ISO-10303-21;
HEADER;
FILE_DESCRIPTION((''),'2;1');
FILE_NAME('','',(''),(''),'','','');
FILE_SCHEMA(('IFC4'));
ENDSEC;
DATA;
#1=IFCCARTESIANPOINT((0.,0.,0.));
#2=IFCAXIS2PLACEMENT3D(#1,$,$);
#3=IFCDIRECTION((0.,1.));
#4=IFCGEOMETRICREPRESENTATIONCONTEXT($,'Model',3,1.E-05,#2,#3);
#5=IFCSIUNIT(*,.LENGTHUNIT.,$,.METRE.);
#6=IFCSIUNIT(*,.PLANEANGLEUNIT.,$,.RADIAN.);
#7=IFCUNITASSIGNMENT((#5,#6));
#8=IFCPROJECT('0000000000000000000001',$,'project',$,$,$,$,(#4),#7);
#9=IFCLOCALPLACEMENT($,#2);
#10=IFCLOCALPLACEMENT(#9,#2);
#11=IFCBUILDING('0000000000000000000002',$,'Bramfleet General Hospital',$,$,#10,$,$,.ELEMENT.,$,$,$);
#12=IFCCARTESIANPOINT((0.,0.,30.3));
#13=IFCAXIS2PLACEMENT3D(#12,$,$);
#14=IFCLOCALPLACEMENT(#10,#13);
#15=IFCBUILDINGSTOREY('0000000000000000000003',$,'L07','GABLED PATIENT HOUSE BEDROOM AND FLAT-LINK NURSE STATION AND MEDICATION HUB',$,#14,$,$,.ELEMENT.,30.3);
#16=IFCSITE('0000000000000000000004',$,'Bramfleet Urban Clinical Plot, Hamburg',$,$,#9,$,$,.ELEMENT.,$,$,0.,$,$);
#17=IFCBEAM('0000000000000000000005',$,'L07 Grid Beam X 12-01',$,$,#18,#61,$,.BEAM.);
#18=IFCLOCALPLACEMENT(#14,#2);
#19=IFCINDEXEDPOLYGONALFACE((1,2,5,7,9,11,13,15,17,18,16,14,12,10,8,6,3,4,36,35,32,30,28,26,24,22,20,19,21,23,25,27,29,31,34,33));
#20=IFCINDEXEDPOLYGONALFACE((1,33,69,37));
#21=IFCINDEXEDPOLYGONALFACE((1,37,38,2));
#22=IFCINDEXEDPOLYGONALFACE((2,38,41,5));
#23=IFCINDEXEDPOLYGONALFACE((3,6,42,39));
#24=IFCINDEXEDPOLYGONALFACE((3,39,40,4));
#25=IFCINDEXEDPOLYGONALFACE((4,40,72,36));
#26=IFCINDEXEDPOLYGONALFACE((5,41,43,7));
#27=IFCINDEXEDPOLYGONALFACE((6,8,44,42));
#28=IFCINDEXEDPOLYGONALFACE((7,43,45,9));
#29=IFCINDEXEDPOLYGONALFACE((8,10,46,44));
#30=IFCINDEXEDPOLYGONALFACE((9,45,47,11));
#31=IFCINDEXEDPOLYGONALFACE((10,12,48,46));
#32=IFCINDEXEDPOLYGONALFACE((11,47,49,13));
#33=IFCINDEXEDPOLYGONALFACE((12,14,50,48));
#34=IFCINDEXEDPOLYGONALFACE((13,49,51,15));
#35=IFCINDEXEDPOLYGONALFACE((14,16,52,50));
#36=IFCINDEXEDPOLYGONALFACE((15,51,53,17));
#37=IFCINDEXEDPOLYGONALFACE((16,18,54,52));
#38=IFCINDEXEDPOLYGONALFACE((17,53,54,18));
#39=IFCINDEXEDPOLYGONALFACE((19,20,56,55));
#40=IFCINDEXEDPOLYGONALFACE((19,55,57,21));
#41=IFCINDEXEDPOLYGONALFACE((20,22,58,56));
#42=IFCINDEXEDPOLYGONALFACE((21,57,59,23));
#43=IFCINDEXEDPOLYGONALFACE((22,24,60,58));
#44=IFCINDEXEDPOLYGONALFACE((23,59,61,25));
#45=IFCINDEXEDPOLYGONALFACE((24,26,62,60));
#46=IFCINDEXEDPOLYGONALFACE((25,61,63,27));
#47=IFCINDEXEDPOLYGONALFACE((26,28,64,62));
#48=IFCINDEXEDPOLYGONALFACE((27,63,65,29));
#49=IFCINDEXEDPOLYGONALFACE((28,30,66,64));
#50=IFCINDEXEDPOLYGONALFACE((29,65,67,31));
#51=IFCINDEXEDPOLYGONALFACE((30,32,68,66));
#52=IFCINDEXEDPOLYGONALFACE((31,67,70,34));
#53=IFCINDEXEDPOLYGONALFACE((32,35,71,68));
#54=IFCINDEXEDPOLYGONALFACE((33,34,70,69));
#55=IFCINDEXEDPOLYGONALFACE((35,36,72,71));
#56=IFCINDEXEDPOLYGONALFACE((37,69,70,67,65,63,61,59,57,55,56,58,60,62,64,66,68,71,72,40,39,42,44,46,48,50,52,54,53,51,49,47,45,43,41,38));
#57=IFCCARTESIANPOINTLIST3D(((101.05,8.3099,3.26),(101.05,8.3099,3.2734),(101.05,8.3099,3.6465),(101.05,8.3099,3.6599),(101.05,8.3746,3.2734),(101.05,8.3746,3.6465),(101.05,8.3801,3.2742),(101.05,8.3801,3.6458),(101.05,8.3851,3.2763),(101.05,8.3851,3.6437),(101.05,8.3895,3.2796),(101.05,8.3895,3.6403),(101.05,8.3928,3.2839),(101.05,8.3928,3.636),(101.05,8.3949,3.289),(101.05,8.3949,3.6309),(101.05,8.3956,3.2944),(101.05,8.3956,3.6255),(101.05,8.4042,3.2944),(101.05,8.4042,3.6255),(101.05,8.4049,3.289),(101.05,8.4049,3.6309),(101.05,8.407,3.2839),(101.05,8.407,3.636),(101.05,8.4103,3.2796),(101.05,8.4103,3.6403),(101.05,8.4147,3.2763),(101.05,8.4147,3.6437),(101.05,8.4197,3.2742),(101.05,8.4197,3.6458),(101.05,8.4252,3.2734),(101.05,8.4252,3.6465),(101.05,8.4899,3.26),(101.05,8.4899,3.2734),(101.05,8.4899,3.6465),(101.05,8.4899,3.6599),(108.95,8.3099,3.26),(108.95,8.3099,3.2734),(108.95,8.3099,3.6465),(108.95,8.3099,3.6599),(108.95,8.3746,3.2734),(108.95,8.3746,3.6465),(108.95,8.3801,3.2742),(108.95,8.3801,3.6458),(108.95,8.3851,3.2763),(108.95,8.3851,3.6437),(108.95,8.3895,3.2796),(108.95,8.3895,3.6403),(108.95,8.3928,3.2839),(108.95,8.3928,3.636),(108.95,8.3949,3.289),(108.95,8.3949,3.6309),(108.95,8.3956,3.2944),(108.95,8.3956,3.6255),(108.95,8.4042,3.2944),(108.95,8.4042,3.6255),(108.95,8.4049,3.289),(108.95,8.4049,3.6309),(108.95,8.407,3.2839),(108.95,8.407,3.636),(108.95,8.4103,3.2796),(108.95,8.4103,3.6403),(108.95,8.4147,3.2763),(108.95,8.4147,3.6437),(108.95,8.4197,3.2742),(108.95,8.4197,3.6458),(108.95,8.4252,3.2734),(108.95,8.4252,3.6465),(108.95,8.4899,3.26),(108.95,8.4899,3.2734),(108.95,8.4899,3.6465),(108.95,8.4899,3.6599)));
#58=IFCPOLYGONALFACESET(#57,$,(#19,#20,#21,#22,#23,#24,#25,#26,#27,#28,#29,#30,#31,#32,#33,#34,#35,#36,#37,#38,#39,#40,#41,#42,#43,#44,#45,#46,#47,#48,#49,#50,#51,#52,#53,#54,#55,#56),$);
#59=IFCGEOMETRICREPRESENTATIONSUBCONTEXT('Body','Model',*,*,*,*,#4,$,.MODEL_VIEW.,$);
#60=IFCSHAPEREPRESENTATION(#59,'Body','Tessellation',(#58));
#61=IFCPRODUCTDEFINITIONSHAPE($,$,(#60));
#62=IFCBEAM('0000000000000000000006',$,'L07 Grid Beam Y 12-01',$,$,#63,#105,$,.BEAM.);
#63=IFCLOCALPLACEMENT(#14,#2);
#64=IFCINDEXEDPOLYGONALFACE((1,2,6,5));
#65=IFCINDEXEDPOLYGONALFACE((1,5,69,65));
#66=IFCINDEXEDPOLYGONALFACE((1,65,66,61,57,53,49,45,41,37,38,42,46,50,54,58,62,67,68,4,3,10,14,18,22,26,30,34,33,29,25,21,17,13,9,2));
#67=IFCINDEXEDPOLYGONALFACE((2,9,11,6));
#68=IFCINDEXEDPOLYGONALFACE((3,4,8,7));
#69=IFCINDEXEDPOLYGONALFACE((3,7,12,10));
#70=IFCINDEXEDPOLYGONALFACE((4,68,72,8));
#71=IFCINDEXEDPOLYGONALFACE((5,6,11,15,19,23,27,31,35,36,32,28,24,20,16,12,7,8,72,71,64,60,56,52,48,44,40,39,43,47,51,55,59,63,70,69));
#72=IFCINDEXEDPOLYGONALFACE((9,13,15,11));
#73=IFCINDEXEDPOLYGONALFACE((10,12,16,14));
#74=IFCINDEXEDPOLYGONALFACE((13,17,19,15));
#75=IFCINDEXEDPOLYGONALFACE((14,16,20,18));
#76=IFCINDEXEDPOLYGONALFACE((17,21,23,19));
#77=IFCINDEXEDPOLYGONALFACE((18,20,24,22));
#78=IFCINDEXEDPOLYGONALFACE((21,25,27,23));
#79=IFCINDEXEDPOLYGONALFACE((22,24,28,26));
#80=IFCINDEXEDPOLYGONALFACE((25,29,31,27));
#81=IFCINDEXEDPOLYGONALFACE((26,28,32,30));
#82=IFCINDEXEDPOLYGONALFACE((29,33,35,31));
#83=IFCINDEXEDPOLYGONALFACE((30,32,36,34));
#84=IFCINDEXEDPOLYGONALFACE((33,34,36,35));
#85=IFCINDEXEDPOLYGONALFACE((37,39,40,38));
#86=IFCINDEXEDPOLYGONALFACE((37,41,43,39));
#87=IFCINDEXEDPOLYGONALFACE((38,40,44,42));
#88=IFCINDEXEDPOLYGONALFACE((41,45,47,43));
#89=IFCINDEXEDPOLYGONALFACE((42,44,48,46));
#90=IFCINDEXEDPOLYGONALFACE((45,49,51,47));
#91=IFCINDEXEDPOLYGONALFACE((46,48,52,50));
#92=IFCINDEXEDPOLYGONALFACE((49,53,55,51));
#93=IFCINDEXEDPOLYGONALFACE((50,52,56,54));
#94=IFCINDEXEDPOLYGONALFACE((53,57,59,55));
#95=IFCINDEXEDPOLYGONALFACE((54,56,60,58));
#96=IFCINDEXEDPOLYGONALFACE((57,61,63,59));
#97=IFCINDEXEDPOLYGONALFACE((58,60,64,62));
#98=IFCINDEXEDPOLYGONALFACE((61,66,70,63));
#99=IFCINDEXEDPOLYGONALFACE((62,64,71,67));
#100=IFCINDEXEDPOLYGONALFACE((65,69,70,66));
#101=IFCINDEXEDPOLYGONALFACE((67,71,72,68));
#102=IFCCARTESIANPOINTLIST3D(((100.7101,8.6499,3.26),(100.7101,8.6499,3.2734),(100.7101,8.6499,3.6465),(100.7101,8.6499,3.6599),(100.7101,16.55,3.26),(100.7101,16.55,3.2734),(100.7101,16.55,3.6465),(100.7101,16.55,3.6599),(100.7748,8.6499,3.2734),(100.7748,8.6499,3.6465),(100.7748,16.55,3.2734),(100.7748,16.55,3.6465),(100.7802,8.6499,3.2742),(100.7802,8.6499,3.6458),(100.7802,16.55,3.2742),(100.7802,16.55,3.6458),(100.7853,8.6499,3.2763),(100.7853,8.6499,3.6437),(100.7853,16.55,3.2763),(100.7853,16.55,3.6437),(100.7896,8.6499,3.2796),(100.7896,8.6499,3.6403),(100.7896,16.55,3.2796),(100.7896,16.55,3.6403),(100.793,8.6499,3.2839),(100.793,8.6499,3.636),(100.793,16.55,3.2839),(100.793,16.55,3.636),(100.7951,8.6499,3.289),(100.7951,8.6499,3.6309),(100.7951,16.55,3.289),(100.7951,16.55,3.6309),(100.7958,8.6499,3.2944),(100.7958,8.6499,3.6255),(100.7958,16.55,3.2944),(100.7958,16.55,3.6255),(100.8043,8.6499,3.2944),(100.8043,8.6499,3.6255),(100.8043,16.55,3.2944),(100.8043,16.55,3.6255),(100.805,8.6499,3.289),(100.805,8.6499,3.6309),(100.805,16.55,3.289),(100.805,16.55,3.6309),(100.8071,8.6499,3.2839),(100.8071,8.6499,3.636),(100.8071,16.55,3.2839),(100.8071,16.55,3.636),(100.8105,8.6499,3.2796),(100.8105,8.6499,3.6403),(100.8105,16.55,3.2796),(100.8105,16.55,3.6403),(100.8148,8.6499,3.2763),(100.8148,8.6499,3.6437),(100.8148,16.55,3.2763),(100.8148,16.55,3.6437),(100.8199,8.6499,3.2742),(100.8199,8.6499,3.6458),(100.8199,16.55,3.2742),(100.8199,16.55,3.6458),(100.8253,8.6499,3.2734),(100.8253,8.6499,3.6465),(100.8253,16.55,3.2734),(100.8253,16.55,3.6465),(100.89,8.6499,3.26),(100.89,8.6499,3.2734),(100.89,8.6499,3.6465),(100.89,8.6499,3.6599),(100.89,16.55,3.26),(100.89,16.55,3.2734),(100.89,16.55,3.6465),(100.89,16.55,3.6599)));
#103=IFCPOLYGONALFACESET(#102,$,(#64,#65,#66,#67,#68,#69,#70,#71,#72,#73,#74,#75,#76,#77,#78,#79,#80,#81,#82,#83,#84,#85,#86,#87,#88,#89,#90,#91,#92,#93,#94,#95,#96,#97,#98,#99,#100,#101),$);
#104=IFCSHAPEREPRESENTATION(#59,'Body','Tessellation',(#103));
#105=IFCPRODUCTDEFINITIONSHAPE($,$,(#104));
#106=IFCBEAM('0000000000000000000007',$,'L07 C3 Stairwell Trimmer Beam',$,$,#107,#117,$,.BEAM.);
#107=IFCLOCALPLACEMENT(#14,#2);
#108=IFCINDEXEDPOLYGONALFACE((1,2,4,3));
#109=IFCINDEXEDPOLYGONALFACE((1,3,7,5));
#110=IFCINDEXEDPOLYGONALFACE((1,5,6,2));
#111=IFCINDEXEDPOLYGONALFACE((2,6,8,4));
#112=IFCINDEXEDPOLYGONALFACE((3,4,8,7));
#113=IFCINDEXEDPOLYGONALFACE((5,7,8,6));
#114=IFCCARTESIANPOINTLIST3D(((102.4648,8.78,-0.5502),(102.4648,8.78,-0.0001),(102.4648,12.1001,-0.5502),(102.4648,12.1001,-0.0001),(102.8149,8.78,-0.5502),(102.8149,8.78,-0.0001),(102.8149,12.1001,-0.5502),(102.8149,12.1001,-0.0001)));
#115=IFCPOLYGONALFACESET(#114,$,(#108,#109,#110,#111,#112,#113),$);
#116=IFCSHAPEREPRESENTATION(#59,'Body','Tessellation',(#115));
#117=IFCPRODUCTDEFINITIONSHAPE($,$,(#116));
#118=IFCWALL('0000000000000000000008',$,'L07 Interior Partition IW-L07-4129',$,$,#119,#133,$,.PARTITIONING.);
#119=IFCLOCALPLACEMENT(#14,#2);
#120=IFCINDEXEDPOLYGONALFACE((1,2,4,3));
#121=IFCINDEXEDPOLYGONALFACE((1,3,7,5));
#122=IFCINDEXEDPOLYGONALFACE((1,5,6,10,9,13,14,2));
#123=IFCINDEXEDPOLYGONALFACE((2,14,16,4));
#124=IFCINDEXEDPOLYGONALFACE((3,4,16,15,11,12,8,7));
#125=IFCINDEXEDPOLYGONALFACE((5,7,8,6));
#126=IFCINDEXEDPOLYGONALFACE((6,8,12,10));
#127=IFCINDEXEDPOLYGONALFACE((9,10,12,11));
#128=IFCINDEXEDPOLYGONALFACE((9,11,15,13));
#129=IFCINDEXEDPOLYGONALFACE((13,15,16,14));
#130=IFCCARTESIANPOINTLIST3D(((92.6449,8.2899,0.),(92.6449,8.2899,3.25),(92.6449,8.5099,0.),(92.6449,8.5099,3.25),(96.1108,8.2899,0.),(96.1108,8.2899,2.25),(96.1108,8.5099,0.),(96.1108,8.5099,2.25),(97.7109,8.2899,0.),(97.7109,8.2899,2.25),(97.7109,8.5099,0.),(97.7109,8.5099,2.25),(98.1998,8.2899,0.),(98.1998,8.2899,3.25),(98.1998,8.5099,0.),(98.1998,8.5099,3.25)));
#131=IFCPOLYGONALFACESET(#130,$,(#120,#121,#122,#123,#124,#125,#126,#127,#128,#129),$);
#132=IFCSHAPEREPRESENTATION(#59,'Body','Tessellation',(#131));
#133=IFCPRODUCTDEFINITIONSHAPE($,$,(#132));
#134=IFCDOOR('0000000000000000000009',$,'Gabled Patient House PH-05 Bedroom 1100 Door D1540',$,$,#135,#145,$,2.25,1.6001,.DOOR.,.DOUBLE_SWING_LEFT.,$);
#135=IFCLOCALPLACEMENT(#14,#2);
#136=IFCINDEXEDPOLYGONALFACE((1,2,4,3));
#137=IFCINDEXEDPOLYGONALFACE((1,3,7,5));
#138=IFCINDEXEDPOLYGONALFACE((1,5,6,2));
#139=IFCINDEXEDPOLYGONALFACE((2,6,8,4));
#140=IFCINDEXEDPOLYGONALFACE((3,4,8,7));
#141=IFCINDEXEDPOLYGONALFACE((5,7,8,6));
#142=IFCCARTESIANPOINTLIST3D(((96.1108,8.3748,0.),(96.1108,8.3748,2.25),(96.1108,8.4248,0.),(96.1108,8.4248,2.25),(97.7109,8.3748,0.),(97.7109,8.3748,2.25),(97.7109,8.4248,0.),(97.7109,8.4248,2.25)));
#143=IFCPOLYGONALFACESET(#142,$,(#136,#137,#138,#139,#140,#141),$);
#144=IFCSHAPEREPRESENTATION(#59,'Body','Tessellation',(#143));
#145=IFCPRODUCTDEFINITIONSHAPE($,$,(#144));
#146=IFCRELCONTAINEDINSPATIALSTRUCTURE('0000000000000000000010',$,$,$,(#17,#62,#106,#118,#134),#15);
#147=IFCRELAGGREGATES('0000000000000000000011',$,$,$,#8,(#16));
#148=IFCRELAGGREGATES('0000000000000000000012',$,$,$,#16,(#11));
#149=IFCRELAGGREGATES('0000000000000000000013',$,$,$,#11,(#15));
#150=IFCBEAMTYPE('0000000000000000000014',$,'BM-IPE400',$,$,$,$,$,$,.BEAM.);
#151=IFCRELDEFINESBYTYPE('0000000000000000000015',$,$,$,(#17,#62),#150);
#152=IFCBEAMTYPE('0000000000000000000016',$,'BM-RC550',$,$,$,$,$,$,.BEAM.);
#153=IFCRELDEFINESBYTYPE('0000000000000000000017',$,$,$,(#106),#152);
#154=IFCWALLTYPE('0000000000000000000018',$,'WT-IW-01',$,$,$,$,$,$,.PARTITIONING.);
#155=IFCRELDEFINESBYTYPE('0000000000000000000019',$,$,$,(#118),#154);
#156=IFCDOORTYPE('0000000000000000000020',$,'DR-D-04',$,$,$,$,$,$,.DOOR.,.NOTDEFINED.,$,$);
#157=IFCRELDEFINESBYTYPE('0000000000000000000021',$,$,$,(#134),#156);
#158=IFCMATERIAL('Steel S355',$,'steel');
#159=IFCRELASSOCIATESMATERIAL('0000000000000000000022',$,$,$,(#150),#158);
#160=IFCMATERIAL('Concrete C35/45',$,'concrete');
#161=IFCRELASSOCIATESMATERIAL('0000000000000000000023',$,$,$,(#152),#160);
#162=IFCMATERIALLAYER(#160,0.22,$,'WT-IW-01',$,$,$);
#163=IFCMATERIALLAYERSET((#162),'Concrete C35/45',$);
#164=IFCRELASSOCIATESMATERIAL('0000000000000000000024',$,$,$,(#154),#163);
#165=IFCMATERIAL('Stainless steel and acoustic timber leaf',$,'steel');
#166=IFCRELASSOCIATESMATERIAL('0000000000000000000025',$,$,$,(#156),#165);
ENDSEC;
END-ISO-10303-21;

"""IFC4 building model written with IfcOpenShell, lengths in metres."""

from ifc_helpers import new_model, si_unit, direction, frame, frame_2d, origin, origin_2d, place, context, subcontext, project, spatial, rectangle, i_section, extrude, material, layer, layer_set, material_profile, profile_set, type_object, element, fill, save


model = new_model("IFC4")

# Units and contexts
model_context = context("Model", 3, precision=1e-05, world=origin(), true_north=direction((0.0, 1.0)))
body_context = subcontext(model_context, "Body", "Model", "MODEL_VIEW")
ifc_project = project(units=[si_unit("LENGTHUNIT", "METRE"), si_unit("PLANEANGLEUNIT", "RADIAN")], contexts=[model_context])

# Site, building, storey
site_placement = place(None, origin())
site = spatial("IfcSite", under=ifc_project, at=site_placement, Name="Bramfleet Urban Clinical Plot, Hamburg", CompositionType="ELEMENT", RefElevation=0.0)
building_placement = place(site_placement, origin())
building = spatial("IfcBuilding", under=site, at=building_placement, Name="Bramfleet General Hospital", CompositionType="ELEMENT")
storey_placement = place(building_placement, frame((0.0, 0.0, 30.3)))
storey = spatial("IfcBuildingStorey", under=building, at=storey_placement, Name="L07", Description="GABLED PATIENT HOUSE BEDROOM AND FLAT-LINK NURSE STATION AND MEDICATION HUB", CompositionType="ELEMENT", Elevation=30.3)

# Beams
ifc_material_1 = material(Name="Steel S355", Category="steel")
ifc_material_profile_1 = material_profile(ifc_material_1, i_section(OverallWidth=0.1799, OverallDepth=0.3999, WebThickness=0.0085, FlangeThickness=0.0134, FilletRadius=0.021, at=origin_2d()), Name="IPE 400")
ifc_profile_set_1 = profile_set([ifc_material_profile_1], Name="Steel S355")
beam_type_1 = type_object("IfcBeamType", Name="BM-IPE400", PredefinedType="BEAM", material=ifc_profile_set_1)
beam_1_placement = place(storey_placement, frame((101.05, 8.3999, 3.46), z_axis=(1.0, 0.0, 0.0), x_axis=(0.0, 1.0, 0.0)))
element("IfcBeam", 1, at=beam_1_placement, inside=storey, type_object=beam_type_1, Name="L07 Grid Beam X 12-01", PredefinedType="BEAM", context=body_context, shape_type="SweptSolid", body=[
    extrude(i_section(OverallWidth=0.1799, OverallDepth=0.3999, WebThickness=0.0085, FlangeThickness=0.0134, FilletRadius=0.021, at=origin_2d()), origin(), (0.0, 0.0, 1.0), 7.8999),
])
beam_2_placement = place(storey_placement, frame((100.8, 8.6499, 3.46), z_axis=(0.0, 1.0, 0.0), x_axis=(-1.0, 0.0, 0.0)))
element("IfcBeam", 2, at=beam_2_placement, inside=storey, type_object=beam_type_1, Name="L07 Grid Beam Y 12-01", PredefinedType="BEAM", context=body_context, shape_type="SweptSolid", body=[
    extrude(i_section(OverallWidth=0.1799, OverallDepth=0.3999, WebThickness=0.0085, FlangeThickness=0.0134, FilletRadius=0.021, at=origin_2d()), origin(), (0.0, 0.0, 1.0), 7.9001),
])
ifc_material_2 = material(Name="Concrete C35/45", Category="concrete")
ifc_material_profile_2 = material_profile(ifc_material_2, rectangle(XDim=0.3501, YDim=0.55, at=origin_2d()), Name="RC BM 550x350")
ifc_profile_set_2 = profile_set([ifc_material_profile_2], Name="Concrete C35/45")
beam_type_2 = type_object("IfcBeamType", Name="BM-RC550", PredefinedType="BEAM", material=ifc_profile_set_2)
beam_3_placement = place(storey_placement, frame((102.6399, 8.78, -0.2751), z_axis=(0.0, 1.0, 0.0), x_axis=(-1.0, 0.0, 0.0)))
element("IfcBeam", 3, at=beam_3_placement, inside=storey, type_object=beam_type_2, Name="L07 C3 Stairwell Trimmer Beam", PredefinedType="BEAM", context=body_context, shape_type="SweptSolid", body=[
    extrude(rectangle(XDim=0.3501, YDim=0.55, at=origin_2d()), origin(), (0.0, 0.0, 1.0), 3.3201),
])

# Wall, opening, door
ifc_layer_1 = layer(ifc_material_2, 0.22, Name="WT-IW-01")
ifc_layer_set_1 = layer_set([ifc_layer_1], Name="Concrete C35/45")
wall_type_1 = type_object("IfcWallType", Name="WT-IW-01", PredefinedType="PARTITIONING", material=ifc_layer_set_1)
wall_1_placement = place(storey_placement, frame((92.645, 8.3999, 0.0), z_axis=(0.0, 0.0, 1.0), x_axis=(1.0, 0.0, 0.0)))
wall_1 = element("IfcWall", 4, at=wall_1_placement, inside=storey, type_object=wall_type_1, Name="L07 Interior Partition IW-L07-4129", PredefinedType="PARTITIONING", context=body_context, shape_type="SweptSolid", body=[
    extrude(rectangle(XDim=5.5549, YDim=0.22, at=frame_2d((2.7773, 0.0))), origin(), (0.0, 0.0, 1.0), 3.25),
])
opening_1_placement = place(wall_1_placement, frame((3.4658, 0.0, 0.0)))
opening_1 = element("IfcOpeningElement", 5, at=opening_1_placement, cuts=wall_1, PredefinedType="OPENING", context=body_context, shape_type="SweptSolid", body=[
    extrude(rectangle(XDim=1.6001, YDim=2.25, at=frame_2d((0.8, 1.125))), frame((0.0, 0.1199, 0.0), z_axis=(0.0, -1.0, 0.0), x_axis=(1.0, 0.0, 0.0)), (0.0, 0.0, 1.0), 0.24),
])
ifc_material_3 = material(Name="Stainless steel and acoustic timber leaf", Category="steel")
door_type_1 = type_object("IfcDoorType", Name="DR-D-04", OperationType="NOTDEFINED", PredefinedType="DOOR", material=ifc_material_3)
door_1_placement = place(opening_1_placement, origin())
door_1 = element("IfcDoor", 6, at=door_1_placement, inside=storey, type_object=door_type_1, Name="Gabled Patient House PH-05 Bedroom 1100 Door D1540", OperationType="DOUBLE_SWING_LEFT", OverallHeight=2.25, OverallWidth=1.6001, PredefinedType="DOOR", context=body_context, shape_type="SweptSolid", body=[
    extrude(rectangle(XDim=1.6001, YDim=2.25, at=frame_2d((0.8, 1.125))), frame((0.0, 0.0249, 0.0), z_axis=(0.0, -1.0, 0.0), x_axis=(1.0, 0.0, 0.0)), (0.0, 0.0, 1.0), 0.05),
])
fill(opening_1, door_1)

save(model, "model.ifc")
